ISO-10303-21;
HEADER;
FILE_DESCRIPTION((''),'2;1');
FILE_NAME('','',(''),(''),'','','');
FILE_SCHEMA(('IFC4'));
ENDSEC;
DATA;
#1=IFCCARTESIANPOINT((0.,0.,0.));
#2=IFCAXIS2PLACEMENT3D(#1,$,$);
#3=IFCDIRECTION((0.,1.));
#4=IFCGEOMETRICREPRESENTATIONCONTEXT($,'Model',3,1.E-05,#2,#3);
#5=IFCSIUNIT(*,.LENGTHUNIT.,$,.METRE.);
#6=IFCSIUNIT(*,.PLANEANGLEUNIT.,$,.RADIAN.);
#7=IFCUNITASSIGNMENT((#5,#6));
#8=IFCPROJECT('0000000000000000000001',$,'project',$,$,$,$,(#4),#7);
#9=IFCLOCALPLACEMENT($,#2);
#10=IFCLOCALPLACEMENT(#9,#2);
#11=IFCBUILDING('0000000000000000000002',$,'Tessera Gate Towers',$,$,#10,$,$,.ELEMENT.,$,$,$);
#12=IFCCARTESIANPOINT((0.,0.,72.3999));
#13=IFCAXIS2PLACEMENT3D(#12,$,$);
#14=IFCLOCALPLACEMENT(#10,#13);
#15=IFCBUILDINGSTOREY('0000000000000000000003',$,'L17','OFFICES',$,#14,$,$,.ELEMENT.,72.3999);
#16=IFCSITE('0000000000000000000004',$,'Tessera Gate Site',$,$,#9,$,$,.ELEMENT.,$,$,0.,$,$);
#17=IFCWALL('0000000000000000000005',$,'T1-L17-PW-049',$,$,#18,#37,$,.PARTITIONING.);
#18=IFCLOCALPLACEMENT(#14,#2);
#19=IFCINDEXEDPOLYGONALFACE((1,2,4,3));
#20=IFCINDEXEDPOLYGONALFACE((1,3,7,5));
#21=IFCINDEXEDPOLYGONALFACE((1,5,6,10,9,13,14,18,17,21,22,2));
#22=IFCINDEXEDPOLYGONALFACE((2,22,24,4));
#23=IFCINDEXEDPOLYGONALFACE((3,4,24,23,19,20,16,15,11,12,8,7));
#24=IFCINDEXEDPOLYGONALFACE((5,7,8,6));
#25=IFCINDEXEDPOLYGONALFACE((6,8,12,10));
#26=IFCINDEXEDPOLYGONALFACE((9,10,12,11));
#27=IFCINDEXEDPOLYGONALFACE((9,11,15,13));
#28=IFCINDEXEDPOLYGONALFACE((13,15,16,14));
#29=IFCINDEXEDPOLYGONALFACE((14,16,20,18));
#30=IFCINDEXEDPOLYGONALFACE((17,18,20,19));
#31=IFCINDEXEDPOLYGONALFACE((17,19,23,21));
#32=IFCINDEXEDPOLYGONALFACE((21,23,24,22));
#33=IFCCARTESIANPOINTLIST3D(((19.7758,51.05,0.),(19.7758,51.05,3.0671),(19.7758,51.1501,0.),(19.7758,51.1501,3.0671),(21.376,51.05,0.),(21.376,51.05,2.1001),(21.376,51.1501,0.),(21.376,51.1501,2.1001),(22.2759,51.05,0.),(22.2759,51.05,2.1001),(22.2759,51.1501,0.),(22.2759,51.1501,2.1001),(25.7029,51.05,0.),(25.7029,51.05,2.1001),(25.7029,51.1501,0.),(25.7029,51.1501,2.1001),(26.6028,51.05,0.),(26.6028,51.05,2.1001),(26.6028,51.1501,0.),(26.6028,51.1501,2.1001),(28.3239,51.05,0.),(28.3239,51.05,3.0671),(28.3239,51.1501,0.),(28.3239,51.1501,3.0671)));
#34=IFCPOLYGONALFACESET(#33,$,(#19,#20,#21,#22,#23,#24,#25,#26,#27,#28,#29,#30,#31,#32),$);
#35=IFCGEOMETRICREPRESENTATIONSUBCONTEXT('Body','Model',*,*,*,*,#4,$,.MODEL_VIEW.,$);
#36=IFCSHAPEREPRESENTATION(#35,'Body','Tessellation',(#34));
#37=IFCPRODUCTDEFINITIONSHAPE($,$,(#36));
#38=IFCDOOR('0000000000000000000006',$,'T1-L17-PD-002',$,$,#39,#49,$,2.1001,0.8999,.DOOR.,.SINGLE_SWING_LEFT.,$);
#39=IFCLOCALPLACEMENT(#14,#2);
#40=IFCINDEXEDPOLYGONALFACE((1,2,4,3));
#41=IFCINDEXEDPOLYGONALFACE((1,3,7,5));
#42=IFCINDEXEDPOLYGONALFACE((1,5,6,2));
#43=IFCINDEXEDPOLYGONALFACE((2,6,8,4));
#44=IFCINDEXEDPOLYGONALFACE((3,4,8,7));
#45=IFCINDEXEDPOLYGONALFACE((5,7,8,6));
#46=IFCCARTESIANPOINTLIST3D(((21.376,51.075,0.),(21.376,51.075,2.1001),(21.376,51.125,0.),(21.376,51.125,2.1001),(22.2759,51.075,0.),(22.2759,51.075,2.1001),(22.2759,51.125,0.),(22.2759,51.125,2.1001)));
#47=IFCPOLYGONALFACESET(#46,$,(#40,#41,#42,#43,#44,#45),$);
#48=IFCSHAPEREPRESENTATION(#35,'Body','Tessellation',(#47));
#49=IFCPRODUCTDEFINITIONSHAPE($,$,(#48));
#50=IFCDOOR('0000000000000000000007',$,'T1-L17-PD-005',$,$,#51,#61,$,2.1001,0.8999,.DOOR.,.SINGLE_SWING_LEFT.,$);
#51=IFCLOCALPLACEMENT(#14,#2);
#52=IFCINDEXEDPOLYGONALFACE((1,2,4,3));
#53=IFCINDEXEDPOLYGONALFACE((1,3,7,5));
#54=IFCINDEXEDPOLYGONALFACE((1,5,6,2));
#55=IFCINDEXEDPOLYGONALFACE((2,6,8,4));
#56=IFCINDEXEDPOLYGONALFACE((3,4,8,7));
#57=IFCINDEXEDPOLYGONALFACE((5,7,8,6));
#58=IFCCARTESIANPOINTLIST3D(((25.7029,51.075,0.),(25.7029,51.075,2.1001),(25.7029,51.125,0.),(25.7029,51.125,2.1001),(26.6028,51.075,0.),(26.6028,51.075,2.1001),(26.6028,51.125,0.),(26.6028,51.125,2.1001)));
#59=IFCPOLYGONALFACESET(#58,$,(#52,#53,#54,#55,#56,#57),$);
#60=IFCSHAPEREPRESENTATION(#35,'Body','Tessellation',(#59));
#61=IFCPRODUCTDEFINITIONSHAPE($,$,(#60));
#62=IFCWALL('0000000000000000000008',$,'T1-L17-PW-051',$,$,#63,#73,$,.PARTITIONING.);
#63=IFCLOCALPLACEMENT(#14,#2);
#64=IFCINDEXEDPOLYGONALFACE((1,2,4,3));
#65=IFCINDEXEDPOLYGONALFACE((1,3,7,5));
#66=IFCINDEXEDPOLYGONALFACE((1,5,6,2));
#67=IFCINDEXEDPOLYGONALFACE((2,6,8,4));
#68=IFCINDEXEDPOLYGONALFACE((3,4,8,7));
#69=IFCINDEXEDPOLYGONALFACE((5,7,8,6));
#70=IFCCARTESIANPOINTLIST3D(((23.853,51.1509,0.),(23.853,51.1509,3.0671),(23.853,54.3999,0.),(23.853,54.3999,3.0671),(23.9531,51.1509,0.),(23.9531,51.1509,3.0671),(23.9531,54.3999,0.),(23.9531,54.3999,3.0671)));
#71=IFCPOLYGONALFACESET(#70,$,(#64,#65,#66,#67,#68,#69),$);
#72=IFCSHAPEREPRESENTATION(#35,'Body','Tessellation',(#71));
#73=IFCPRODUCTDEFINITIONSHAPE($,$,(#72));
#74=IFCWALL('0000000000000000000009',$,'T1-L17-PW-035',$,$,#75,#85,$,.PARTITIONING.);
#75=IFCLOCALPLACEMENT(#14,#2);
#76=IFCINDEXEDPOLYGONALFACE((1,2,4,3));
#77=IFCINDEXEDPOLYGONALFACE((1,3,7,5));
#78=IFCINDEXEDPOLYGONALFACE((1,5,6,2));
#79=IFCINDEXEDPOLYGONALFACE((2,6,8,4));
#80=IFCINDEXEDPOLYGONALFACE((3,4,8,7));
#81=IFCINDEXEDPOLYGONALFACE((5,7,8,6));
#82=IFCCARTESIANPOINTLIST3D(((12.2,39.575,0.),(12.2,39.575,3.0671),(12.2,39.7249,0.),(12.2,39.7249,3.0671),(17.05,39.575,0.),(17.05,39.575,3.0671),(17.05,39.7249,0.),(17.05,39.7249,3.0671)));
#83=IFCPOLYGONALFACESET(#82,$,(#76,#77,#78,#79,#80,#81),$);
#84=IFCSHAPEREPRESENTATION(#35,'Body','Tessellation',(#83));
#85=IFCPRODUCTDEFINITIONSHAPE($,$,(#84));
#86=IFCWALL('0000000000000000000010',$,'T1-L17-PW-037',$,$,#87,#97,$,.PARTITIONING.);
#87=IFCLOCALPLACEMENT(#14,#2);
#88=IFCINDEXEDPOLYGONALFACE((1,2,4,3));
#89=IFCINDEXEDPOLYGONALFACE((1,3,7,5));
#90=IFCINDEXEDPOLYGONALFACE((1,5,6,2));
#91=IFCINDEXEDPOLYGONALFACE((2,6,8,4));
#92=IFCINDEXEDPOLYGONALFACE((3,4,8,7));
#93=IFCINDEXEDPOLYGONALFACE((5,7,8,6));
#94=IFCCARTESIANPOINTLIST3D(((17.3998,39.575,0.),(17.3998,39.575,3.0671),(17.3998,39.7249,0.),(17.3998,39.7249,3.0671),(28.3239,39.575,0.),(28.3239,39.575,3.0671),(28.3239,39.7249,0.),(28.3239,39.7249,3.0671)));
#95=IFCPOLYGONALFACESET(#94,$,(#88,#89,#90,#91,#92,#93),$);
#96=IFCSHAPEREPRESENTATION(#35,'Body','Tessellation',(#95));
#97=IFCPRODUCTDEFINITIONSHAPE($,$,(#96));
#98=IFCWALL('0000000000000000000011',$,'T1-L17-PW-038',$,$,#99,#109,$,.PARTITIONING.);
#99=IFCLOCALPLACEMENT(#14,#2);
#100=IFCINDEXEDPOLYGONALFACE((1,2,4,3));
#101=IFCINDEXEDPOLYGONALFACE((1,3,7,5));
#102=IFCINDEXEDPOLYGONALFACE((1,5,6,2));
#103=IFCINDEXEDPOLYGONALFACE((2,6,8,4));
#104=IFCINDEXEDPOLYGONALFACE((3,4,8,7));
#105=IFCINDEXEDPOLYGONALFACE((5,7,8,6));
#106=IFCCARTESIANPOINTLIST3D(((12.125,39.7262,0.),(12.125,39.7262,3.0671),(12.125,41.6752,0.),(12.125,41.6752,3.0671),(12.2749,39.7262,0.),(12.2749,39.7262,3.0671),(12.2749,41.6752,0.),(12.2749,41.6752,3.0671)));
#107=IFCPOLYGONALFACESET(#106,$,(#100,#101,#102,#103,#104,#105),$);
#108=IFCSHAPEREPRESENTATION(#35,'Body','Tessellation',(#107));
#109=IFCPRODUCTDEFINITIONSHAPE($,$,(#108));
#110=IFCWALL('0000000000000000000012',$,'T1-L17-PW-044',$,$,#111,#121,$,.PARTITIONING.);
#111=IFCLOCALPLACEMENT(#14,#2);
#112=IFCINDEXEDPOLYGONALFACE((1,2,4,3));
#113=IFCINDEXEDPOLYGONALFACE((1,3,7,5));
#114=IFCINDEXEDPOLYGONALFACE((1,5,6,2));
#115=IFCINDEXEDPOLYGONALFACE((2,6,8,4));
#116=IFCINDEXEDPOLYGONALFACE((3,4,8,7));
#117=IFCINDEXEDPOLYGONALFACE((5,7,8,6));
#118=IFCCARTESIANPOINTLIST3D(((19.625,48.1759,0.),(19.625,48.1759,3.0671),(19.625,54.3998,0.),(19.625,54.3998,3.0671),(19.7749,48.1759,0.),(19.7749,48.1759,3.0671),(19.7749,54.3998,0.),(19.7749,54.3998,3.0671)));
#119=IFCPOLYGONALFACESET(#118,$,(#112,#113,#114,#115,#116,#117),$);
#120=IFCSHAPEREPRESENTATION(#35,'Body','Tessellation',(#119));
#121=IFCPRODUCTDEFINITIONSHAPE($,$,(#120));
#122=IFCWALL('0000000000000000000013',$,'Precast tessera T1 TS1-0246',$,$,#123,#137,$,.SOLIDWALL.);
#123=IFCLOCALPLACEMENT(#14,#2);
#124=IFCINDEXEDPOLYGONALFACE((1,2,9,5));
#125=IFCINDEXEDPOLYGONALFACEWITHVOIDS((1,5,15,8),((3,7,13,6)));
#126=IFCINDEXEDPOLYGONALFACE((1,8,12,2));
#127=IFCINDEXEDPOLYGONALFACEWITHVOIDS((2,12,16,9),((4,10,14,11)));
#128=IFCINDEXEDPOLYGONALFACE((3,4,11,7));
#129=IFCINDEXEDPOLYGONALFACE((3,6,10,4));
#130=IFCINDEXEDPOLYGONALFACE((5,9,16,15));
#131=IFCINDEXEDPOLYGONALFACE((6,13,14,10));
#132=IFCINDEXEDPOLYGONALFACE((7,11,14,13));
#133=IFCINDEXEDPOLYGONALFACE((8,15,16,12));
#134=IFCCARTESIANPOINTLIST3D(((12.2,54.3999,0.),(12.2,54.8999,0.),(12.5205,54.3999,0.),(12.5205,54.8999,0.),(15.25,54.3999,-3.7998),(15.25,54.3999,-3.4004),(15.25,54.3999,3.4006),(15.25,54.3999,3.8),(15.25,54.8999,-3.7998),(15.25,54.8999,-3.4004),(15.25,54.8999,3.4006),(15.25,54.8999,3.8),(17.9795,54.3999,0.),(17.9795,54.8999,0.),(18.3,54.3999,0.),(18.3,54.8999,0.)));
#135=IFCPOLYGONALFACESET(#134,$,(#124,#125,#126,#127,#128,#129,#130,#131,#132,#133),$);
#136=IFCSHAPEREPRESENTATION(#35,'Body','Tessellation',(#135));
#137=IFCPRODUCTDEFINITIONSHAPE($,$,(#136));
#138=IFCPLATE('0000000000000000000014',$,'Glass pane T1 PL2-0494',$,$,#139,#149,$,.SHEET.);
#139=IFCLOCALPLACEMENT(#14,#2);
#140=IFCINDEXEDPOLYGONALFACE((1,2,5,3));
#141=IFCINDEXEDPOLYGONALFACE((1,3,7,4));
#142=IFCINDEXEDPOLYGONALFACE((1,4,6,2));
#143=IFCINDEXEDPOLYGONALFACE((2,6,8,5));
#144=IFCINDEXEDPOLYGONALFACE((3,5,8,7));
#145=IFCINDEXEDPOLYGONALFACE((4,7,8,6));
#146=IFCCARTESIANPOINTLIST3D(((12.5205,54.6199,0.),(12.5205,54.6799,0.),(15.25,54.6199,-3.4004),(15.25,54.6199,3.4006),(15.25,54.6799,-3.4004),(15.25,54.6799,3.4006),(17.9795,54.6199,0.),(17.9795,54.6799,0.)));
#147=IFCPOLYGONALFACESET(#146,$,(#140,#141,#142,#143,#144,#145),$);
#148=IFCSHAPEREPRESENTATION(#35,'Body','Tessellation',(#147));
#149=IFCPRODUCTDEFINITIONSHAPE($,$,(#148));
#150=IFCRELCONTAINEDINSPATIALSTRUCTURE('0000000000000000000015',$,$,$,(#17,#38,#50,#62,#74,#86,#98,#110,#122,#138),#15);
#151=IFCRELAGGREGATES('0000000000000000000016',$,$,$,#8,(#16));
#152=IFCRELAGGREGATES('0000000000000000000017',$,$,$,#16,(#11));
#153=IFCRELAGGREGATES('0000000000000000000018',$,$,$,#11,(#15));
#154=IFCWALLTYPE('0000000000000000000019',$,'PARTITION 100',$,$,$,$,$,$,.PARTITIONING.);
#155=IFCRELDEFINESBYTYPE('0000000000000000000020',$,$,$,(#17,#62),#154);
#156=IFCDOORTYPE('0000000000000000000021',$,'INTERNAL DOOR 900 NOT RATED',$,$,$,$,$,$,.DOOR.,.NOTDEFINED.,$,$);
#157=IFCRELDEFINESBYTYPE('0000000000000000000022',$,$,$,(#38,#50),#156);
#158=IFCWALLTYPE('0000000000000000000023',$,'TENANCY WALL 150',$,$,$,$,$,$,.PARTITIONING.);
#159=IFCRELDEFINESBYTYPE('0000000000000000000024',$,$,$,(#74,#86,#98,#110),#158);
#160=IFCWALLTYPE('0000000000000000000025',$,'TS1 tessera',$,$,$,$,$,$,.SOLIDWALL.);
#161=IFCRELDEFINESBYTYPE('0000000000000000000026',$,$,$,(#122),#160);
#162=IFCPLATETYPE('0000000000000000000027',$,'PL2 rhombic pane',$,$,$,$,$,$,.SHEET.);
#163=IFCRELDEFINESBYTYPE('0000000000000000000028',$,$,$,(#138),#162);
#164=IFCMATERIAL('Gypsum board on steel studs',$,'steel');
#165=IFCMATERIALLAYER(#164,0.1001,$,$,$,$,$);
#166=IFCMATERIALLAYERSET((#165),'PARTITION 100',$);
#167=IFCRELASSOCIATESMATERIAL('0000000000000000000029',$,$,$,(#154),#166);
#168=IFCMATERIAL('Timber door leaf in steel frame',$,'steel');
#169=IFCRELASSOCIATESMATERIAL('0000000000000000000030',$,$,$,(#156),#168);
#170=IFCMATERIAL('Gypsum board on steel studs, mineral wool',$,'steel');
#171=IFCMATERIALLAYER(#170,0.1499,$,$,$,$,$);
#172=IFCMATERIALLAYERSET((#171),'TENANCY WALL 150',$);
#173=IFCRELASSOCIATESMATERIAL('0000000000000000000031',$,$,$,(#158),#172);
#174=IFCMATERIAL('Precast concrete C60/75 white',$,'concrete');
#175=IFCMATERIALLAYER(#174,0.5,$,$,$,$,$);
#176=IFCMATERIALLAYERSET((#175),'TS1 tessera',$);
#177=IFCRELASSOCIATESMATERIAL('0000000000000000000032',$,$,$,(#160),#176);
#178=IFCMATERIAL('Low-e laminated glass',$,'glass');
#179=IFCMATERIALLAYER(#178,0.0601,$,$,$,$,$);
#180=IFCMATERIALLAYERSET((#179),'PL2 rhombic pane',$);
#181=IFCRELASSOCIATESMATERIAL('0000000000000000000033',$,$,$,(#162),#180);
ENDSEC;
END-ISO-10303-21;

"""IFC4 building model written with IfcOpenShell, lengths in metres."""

from ifc_helpers import new_model, si_unit, direction, frame, frame_2d, origin, place, context, subcontext, project, spatial, polyline, rectangle, outline, extrude, source, transform, mapped, material, layer, layer_set, type_object, element, fill, save


model = new_model("IFC4")

# Units and contexts
model_context = context("Model", 3, precision=1e-05, world=origin(), true_north=direction((0.0, 1.0)))
body_context = subcontext(model_context, "Body", "Model", "MODEL_VIEW")
ifc_project = project(units=[si_unit("LENGTHUNIT", "METRE"), si_unit("PLANEANGLEUNIT", "RADIAN")], contexts=[model_context])

# Site, building, storey
site_placement = place(None, origin())
site = spatial("IfcSite", under=ifc_project, at=site_placement, Name="Tessera Gate Site", CompositionType="ELEMENT", RefElevation=0.0)
building_placement = place(site_placement, origin())
building = spatial("IfcBuilding", under=site, at=building_placement, Name="Tessera Gate Towers", CompositionType="ELEMENT")
storey_placement = place(building_placement, frame((0.0, 0.0, 72.3999)))
storey = spatial("IfcBuildingStorey", under=building, at=storey_placement, Name="L17", Description="OFFICES", CompositionType="ELEMENT", Elevation=72.3999)

# Shared definitions
shared_shape_1 = source(origin(), body_context, "Body", "SweptSolid", [
    extrude(rectangle(XDim=0.8999, YDim=2.1001, at=frame_2d((0.45, 1.05))), frame((0.0, 0.0601, 0.0), z_axis=(0.0, -1.0, 0.0), x_axis=(1.0, 0.0, 0.0)), (0.0, 0.0, 1.0), 0.1201),
])
shared_shape_2 = source(origin(), body_context, "Body", "SweptSolid", [
    extrude(rectangle(XDim=0.8999, YDim=2.1001, at=frame_2d((0.45, 1.05))), frame((0.0, 0.0249, 0.0), z_axis=(0.0, -1.0, 0.0), x_axis=(1.0, 0.0, 0.0)), (0.0, 0.0, 1.0), 0.05),
])

# Shared definitions
ifc_material_1 = material(Name="Gypsum board on steel studs", Category="steel")
ifc_layer_1 = layer(ifc_material_1, 0.1001)
ifc_layer_set_1 = layer_set([ifc_layer_1], Name="PARTITION 100")
wall_type_1 = type_object("IfcWallType", Name="PARTITION 100", PredefinedType="PARTITIONING", material=ifc_layer_set_1)
ifc_material_2 = material(Name="Timber door leaf in steel frame", Category="steel")
door_type_1 = type_object("IfcDoorType", Name="INTERNAL DOOR 900 NOT RATED", OperationType="NOTDEFINED", PredefinedType="DOOR", material=ifc_material_2)

# Wall, openings, doors
wall_1_placement = place(storey_placement, frame((19.7759, 51.1001, 0.0), z_axis=(0.0, 0.0, 1.0), x_axis=(1.0, 0.0, 0.0)))
wall_1 = element("IfcWall", 1, at=wall_1_placement, inside=storey, type_object=wall_type_1, Name="T1-L17-PW-049", PredefinedType="PARTITIONING", context=body_context, shape_type="SweptSolid", body=[
    extrude(rectangle(XDim=8.5481, YDim=0.1001, at=frame_2d((4.2739, 0.0))), origin(), (0.0, 0.0, 1.0), 3.0671),
])
opening_1_placement = place(wall_1_placement, frame((1.6001, 0.0, 0.0)))
opening_1 = element("IfcOpeningElement", 2, at=opening_1_placement, cuts=wall_1, PredefinedType="OPENING", context=body_context, shape_type="MappedRepresentation", body=[
    mapped(shared_shape_1, transform((0.0, 0.0, 0.0), scale=1.0)),
])
opening_2_placement = place(wall_1_placement, frame((5.927, 0.0, 0.0)))
opening_2 = element("IfcOpeningElement", 3, at=opening_2_placement, cuts=wall_1, PredefinedType="OPENING", context=body_context, shape_type="MappedRepresentation", body=[
    mapped(shared_shape_1, transform((0.0, 0.0, 0.0), scale=1.0)),
])
door_1_placement = place(opening_1_placement, origin())
door_1 = element("IfcDoor", 4, at=door_1_placement, inside=storey, type_object=door_type_1, Name="T1-L17-PD-002", OperationType="SINGLE_SWING_LEFT", OverallHeight=2.1001, OverallWidth=0.8999, PredefinedType="DOOR", context=body_context, shape_type="MappedRepresentation", body=[
    mapped(shared_shape_2, transform((0.0, 0.0, 0.0), scale=1.0)),
])
fill(opening_1, door_1)
door_2_placement = place(opening_2_placement, origin())
door_2 = element("IfcDoor", 5, at=door_2_placement, inside=storey, type_object=door_type_1, Name="T1-L17-PD-005", OperationType="SINGLE_SWING_LEFT", OverallHeight=2.1001, OverallWidth=0.8999, PredefinedType="DOOR", context=body_context, shape_type="MappedRepresentation", body=[
    mapped(shared_shape_2, transform((0.0, 0.0, 0.0), scale=1.0)),
])
fill(opening_2, door_2)

# Walls
wall_2_placement = place(storey_placement, frame((23.9031, 51.1509, 0.0), z_axis=(0.0, 0.0, 1.0), x_axis=(0.0, 1.0, 0.0)))
element("IfcWall", 6, at=wall_2_placement, inside=storey, type_object=wall_type_1, Name="T1-L17-PW-051", PredefinedType="PARTITIONING", context=body_context, shape_type="SweptSolid", body=[
    extrude(rectangle(XDim=3.249, YDim=0.1001, at=frame_2d((1.6245, 0.0))), origin(), (0.0, 0.0, 1.0), 3.0671),
])
ifc_material_3 = material(Name="Gypsum board on steel studs, mineral wool", Category="steel")
ifc_layer_2 = layer(ifc_material_3, 0.1499)
ifc_layer_set_2 = layer_set([ifc_layer_2], Name="TENANCY WALL 150")
wall_type_2 = type_object("IfcWallType", Name="TENANCY WALL 150", PredefinedType="PARTITIONING", material=ifc_layer_set_2)
wall_3_placement = place(storey_placement, frame((12.2, 39.6499, 0.0), z_axis=(0.0, 0.0, 1.0), x_axis=(1.0, 0.0, 0.0)))
element("IfcWall", 7, at=wall_3_placement, inside=storey, type_object=wall_type_2, Name="T1-L17-PW-035", PredefinedType="PARTITIONING", context=body_context, shape_type="SweptSolid", body=[
    extrude(rectangle(XDim=4.8501, YDim=0.1499, at=frame_2d((2.425, 0.0))), origin(), (0.0, 0.0, 1.0), 3.0671),
])
wall_4_placement = place(storey_placement, frame((17.3999, 39.6499, 0.0), z_axis=(0.0, 0.0, 1.0), x_axis=(1.0, 0.0, 0.0)))
element("IfcWall", 8, at=wall_4_placement, inside=storey, type_object=wall_type_2, Name="T1-L17-PW-037", PredefinedType="PARTITIONING", context=body_context, shape_type="SweptSolid", body=[
    extrude(rectangle(XDim=10.9241, YDim=0.1499, at=frame_2d((5.4619, 0.0))), origin(), (0.0, 0.0, 1.0), 3.0671),
])
wall_5_placement = place(storey_placement, frame((12.2, 39.7261, 0.0), z_axis=(0.0, 0.0, 1.0), x_axis=(0.0, 1.0, 0.0)))
element("IfcWall", 9, at=wall_5_placement, inside=storey, type_object=wall_type_2, Name="T1-L17-PW-038", PredefinedType="PARTITIONING", context=body_context, shape_type="SweptSolid", body=[
    extrude(rectangle(XDim=1.949, YDim=0.1499, at=frame_2d((0.9746, 0.0))), origin(), (0.0, 0.0, 1.0), 3.0671),
])
wall_6_placement = place(storey_placement, frame((19.7, 48.176, 0.0), z_axis=(0.0, 0.0, 1.0), x_axis=(0.0, 1.0, 0.0)))
element("IfcWall", 10, at=wall_6_placement, inside=storey, type_object=wall_type_2, Name="T1-L17-PW-044", PredefinedType="PARTITIONING", context=body_context, shape_type="SweptSolid", body=[
    extrude(rectangle(XDim=6.2239, YDim=0.1499, at=frame_2d((3.1118, 0.0))), origin(), (0.0, 0.0, 1.0), 3.0671),
])

# Wall, opening, plate
ifc_material_4 = material(Name="Precast concrete C60/75 white", Category="concrete")
ifc_layer_3 = layer(ifc_material_4, 0.5)
ifc_layer_set_3 = layer_set([ifc_layer_3], Name="TS1 tessera")
wall_type_3 = type_object("IfcWallType", Name="TS1 tessera", PredefinedType="SOLIDWALL", material=ifc_layer_set_3)
shared_shape_3 = source(origin(), body_context, "Body", "SweptSolid", [
    extrude(outline(polyline([(3.05, 0.0), (6.1001, 3.7998), (3.05, 7.5999), (0.0, 3.7998), (3.05, 0.0)])), frame((0.0, 0.25, 0.0), z_axis=(0.0, -1.0, 0.0), x_axis=(1.0, 0.0, 0.0)), (0.0, 0.0, 1.0), 0.5),
])
wall_7_placement = place(storey_placement, frame((18.3, 54.6499, -3.7998), z_axis=(0.0, 0.0, 1.0), x_axis=(-1.0, 0.0, 0.0)))
wall_7 = element("IfcWall", 11, at=wall_7_placement, inside=storey, type_object=wall_type_3, Name="Precast tessera T1 TS1-0246", PredefinedType="SOLIDWALL", context=body_context, shape_type="MappedRepresentation", body=[
    mapped(shared_shape_3, transform((0.0, 0.0, 0.0), scale=1.0)),
])
shared_shape_4 = source(origin(), body_context, "Body", "SweptSolid", [
    extrude(outline(polyline([(3.05, 0.3994), (5.7795, 3.7998), (3.05, 7.2004), (0.3206, 3.7998), (3.05, 0.3994)])), frame((0.0, 0.26, 0.0), z_axis=(0.0, -1.0, 0.0), x_axis=(1.0, 0.0, 0.0)), (0.0, 0.0, 1.0), 0.52),
])
opening_3_placement = place(wall_7_placement, origin())
opening_3 = element("IfcOpeningElement", 12, at=opening_3_placement, cuts=wall_7, PredefinedType="OPENING", context=body_context, shape_type="MappedRepresentation", body=[
    mapped(shared_shape_4, transform((0.0, 0.0, 0.0), scale=1.0)),
])
ifc_material_5 = material(Name="Low-e laminated glass", Category="glass")
ifc_layer_4 = layer(ifc_material_5, 0.0601)
ifc_layer_set_4 = layer_set([ifc_layer_4], Name="PL2 rhombic pane")
plate_type = type_object("IfcPlateType", Name="PL2 rhombic pane", PredefinedType="SHEET", material=ifc_layer_set_4)
shared_shape_5 = source(origin(), body_context, "Body", "SweptSolid", [
    extrude(outline(polyline([(3.05, 0.3994), (5.7795, 3.7998), (3.05, 7.2004), (0.3206, 3.7998), (3.05, 0.3994)])), frame((0.0, 0.03, 0.0), z_axis=(0.0, -1.0, 0.0), x_axis=(1.0, 0.0, 0.0)), (0.0, 0.0, 1.0), 0.0601),
])
plate_placement = place(opening_3_placement, origin())
plate = element("IfcPlate", 13, at=plate_placement, inside=storey, type_object=plate_type, Name="Glass pane T1 PL2-0494", PredefinedType="SHEET", context=body_context, shape_type="MappedRepresentation", body=[
    mapped(shared_shape_5, transform((0.0, 0.0, 0.0), scale=1.0)),
])
fill(opening_3, plate)

save(model, "model.ifc")
